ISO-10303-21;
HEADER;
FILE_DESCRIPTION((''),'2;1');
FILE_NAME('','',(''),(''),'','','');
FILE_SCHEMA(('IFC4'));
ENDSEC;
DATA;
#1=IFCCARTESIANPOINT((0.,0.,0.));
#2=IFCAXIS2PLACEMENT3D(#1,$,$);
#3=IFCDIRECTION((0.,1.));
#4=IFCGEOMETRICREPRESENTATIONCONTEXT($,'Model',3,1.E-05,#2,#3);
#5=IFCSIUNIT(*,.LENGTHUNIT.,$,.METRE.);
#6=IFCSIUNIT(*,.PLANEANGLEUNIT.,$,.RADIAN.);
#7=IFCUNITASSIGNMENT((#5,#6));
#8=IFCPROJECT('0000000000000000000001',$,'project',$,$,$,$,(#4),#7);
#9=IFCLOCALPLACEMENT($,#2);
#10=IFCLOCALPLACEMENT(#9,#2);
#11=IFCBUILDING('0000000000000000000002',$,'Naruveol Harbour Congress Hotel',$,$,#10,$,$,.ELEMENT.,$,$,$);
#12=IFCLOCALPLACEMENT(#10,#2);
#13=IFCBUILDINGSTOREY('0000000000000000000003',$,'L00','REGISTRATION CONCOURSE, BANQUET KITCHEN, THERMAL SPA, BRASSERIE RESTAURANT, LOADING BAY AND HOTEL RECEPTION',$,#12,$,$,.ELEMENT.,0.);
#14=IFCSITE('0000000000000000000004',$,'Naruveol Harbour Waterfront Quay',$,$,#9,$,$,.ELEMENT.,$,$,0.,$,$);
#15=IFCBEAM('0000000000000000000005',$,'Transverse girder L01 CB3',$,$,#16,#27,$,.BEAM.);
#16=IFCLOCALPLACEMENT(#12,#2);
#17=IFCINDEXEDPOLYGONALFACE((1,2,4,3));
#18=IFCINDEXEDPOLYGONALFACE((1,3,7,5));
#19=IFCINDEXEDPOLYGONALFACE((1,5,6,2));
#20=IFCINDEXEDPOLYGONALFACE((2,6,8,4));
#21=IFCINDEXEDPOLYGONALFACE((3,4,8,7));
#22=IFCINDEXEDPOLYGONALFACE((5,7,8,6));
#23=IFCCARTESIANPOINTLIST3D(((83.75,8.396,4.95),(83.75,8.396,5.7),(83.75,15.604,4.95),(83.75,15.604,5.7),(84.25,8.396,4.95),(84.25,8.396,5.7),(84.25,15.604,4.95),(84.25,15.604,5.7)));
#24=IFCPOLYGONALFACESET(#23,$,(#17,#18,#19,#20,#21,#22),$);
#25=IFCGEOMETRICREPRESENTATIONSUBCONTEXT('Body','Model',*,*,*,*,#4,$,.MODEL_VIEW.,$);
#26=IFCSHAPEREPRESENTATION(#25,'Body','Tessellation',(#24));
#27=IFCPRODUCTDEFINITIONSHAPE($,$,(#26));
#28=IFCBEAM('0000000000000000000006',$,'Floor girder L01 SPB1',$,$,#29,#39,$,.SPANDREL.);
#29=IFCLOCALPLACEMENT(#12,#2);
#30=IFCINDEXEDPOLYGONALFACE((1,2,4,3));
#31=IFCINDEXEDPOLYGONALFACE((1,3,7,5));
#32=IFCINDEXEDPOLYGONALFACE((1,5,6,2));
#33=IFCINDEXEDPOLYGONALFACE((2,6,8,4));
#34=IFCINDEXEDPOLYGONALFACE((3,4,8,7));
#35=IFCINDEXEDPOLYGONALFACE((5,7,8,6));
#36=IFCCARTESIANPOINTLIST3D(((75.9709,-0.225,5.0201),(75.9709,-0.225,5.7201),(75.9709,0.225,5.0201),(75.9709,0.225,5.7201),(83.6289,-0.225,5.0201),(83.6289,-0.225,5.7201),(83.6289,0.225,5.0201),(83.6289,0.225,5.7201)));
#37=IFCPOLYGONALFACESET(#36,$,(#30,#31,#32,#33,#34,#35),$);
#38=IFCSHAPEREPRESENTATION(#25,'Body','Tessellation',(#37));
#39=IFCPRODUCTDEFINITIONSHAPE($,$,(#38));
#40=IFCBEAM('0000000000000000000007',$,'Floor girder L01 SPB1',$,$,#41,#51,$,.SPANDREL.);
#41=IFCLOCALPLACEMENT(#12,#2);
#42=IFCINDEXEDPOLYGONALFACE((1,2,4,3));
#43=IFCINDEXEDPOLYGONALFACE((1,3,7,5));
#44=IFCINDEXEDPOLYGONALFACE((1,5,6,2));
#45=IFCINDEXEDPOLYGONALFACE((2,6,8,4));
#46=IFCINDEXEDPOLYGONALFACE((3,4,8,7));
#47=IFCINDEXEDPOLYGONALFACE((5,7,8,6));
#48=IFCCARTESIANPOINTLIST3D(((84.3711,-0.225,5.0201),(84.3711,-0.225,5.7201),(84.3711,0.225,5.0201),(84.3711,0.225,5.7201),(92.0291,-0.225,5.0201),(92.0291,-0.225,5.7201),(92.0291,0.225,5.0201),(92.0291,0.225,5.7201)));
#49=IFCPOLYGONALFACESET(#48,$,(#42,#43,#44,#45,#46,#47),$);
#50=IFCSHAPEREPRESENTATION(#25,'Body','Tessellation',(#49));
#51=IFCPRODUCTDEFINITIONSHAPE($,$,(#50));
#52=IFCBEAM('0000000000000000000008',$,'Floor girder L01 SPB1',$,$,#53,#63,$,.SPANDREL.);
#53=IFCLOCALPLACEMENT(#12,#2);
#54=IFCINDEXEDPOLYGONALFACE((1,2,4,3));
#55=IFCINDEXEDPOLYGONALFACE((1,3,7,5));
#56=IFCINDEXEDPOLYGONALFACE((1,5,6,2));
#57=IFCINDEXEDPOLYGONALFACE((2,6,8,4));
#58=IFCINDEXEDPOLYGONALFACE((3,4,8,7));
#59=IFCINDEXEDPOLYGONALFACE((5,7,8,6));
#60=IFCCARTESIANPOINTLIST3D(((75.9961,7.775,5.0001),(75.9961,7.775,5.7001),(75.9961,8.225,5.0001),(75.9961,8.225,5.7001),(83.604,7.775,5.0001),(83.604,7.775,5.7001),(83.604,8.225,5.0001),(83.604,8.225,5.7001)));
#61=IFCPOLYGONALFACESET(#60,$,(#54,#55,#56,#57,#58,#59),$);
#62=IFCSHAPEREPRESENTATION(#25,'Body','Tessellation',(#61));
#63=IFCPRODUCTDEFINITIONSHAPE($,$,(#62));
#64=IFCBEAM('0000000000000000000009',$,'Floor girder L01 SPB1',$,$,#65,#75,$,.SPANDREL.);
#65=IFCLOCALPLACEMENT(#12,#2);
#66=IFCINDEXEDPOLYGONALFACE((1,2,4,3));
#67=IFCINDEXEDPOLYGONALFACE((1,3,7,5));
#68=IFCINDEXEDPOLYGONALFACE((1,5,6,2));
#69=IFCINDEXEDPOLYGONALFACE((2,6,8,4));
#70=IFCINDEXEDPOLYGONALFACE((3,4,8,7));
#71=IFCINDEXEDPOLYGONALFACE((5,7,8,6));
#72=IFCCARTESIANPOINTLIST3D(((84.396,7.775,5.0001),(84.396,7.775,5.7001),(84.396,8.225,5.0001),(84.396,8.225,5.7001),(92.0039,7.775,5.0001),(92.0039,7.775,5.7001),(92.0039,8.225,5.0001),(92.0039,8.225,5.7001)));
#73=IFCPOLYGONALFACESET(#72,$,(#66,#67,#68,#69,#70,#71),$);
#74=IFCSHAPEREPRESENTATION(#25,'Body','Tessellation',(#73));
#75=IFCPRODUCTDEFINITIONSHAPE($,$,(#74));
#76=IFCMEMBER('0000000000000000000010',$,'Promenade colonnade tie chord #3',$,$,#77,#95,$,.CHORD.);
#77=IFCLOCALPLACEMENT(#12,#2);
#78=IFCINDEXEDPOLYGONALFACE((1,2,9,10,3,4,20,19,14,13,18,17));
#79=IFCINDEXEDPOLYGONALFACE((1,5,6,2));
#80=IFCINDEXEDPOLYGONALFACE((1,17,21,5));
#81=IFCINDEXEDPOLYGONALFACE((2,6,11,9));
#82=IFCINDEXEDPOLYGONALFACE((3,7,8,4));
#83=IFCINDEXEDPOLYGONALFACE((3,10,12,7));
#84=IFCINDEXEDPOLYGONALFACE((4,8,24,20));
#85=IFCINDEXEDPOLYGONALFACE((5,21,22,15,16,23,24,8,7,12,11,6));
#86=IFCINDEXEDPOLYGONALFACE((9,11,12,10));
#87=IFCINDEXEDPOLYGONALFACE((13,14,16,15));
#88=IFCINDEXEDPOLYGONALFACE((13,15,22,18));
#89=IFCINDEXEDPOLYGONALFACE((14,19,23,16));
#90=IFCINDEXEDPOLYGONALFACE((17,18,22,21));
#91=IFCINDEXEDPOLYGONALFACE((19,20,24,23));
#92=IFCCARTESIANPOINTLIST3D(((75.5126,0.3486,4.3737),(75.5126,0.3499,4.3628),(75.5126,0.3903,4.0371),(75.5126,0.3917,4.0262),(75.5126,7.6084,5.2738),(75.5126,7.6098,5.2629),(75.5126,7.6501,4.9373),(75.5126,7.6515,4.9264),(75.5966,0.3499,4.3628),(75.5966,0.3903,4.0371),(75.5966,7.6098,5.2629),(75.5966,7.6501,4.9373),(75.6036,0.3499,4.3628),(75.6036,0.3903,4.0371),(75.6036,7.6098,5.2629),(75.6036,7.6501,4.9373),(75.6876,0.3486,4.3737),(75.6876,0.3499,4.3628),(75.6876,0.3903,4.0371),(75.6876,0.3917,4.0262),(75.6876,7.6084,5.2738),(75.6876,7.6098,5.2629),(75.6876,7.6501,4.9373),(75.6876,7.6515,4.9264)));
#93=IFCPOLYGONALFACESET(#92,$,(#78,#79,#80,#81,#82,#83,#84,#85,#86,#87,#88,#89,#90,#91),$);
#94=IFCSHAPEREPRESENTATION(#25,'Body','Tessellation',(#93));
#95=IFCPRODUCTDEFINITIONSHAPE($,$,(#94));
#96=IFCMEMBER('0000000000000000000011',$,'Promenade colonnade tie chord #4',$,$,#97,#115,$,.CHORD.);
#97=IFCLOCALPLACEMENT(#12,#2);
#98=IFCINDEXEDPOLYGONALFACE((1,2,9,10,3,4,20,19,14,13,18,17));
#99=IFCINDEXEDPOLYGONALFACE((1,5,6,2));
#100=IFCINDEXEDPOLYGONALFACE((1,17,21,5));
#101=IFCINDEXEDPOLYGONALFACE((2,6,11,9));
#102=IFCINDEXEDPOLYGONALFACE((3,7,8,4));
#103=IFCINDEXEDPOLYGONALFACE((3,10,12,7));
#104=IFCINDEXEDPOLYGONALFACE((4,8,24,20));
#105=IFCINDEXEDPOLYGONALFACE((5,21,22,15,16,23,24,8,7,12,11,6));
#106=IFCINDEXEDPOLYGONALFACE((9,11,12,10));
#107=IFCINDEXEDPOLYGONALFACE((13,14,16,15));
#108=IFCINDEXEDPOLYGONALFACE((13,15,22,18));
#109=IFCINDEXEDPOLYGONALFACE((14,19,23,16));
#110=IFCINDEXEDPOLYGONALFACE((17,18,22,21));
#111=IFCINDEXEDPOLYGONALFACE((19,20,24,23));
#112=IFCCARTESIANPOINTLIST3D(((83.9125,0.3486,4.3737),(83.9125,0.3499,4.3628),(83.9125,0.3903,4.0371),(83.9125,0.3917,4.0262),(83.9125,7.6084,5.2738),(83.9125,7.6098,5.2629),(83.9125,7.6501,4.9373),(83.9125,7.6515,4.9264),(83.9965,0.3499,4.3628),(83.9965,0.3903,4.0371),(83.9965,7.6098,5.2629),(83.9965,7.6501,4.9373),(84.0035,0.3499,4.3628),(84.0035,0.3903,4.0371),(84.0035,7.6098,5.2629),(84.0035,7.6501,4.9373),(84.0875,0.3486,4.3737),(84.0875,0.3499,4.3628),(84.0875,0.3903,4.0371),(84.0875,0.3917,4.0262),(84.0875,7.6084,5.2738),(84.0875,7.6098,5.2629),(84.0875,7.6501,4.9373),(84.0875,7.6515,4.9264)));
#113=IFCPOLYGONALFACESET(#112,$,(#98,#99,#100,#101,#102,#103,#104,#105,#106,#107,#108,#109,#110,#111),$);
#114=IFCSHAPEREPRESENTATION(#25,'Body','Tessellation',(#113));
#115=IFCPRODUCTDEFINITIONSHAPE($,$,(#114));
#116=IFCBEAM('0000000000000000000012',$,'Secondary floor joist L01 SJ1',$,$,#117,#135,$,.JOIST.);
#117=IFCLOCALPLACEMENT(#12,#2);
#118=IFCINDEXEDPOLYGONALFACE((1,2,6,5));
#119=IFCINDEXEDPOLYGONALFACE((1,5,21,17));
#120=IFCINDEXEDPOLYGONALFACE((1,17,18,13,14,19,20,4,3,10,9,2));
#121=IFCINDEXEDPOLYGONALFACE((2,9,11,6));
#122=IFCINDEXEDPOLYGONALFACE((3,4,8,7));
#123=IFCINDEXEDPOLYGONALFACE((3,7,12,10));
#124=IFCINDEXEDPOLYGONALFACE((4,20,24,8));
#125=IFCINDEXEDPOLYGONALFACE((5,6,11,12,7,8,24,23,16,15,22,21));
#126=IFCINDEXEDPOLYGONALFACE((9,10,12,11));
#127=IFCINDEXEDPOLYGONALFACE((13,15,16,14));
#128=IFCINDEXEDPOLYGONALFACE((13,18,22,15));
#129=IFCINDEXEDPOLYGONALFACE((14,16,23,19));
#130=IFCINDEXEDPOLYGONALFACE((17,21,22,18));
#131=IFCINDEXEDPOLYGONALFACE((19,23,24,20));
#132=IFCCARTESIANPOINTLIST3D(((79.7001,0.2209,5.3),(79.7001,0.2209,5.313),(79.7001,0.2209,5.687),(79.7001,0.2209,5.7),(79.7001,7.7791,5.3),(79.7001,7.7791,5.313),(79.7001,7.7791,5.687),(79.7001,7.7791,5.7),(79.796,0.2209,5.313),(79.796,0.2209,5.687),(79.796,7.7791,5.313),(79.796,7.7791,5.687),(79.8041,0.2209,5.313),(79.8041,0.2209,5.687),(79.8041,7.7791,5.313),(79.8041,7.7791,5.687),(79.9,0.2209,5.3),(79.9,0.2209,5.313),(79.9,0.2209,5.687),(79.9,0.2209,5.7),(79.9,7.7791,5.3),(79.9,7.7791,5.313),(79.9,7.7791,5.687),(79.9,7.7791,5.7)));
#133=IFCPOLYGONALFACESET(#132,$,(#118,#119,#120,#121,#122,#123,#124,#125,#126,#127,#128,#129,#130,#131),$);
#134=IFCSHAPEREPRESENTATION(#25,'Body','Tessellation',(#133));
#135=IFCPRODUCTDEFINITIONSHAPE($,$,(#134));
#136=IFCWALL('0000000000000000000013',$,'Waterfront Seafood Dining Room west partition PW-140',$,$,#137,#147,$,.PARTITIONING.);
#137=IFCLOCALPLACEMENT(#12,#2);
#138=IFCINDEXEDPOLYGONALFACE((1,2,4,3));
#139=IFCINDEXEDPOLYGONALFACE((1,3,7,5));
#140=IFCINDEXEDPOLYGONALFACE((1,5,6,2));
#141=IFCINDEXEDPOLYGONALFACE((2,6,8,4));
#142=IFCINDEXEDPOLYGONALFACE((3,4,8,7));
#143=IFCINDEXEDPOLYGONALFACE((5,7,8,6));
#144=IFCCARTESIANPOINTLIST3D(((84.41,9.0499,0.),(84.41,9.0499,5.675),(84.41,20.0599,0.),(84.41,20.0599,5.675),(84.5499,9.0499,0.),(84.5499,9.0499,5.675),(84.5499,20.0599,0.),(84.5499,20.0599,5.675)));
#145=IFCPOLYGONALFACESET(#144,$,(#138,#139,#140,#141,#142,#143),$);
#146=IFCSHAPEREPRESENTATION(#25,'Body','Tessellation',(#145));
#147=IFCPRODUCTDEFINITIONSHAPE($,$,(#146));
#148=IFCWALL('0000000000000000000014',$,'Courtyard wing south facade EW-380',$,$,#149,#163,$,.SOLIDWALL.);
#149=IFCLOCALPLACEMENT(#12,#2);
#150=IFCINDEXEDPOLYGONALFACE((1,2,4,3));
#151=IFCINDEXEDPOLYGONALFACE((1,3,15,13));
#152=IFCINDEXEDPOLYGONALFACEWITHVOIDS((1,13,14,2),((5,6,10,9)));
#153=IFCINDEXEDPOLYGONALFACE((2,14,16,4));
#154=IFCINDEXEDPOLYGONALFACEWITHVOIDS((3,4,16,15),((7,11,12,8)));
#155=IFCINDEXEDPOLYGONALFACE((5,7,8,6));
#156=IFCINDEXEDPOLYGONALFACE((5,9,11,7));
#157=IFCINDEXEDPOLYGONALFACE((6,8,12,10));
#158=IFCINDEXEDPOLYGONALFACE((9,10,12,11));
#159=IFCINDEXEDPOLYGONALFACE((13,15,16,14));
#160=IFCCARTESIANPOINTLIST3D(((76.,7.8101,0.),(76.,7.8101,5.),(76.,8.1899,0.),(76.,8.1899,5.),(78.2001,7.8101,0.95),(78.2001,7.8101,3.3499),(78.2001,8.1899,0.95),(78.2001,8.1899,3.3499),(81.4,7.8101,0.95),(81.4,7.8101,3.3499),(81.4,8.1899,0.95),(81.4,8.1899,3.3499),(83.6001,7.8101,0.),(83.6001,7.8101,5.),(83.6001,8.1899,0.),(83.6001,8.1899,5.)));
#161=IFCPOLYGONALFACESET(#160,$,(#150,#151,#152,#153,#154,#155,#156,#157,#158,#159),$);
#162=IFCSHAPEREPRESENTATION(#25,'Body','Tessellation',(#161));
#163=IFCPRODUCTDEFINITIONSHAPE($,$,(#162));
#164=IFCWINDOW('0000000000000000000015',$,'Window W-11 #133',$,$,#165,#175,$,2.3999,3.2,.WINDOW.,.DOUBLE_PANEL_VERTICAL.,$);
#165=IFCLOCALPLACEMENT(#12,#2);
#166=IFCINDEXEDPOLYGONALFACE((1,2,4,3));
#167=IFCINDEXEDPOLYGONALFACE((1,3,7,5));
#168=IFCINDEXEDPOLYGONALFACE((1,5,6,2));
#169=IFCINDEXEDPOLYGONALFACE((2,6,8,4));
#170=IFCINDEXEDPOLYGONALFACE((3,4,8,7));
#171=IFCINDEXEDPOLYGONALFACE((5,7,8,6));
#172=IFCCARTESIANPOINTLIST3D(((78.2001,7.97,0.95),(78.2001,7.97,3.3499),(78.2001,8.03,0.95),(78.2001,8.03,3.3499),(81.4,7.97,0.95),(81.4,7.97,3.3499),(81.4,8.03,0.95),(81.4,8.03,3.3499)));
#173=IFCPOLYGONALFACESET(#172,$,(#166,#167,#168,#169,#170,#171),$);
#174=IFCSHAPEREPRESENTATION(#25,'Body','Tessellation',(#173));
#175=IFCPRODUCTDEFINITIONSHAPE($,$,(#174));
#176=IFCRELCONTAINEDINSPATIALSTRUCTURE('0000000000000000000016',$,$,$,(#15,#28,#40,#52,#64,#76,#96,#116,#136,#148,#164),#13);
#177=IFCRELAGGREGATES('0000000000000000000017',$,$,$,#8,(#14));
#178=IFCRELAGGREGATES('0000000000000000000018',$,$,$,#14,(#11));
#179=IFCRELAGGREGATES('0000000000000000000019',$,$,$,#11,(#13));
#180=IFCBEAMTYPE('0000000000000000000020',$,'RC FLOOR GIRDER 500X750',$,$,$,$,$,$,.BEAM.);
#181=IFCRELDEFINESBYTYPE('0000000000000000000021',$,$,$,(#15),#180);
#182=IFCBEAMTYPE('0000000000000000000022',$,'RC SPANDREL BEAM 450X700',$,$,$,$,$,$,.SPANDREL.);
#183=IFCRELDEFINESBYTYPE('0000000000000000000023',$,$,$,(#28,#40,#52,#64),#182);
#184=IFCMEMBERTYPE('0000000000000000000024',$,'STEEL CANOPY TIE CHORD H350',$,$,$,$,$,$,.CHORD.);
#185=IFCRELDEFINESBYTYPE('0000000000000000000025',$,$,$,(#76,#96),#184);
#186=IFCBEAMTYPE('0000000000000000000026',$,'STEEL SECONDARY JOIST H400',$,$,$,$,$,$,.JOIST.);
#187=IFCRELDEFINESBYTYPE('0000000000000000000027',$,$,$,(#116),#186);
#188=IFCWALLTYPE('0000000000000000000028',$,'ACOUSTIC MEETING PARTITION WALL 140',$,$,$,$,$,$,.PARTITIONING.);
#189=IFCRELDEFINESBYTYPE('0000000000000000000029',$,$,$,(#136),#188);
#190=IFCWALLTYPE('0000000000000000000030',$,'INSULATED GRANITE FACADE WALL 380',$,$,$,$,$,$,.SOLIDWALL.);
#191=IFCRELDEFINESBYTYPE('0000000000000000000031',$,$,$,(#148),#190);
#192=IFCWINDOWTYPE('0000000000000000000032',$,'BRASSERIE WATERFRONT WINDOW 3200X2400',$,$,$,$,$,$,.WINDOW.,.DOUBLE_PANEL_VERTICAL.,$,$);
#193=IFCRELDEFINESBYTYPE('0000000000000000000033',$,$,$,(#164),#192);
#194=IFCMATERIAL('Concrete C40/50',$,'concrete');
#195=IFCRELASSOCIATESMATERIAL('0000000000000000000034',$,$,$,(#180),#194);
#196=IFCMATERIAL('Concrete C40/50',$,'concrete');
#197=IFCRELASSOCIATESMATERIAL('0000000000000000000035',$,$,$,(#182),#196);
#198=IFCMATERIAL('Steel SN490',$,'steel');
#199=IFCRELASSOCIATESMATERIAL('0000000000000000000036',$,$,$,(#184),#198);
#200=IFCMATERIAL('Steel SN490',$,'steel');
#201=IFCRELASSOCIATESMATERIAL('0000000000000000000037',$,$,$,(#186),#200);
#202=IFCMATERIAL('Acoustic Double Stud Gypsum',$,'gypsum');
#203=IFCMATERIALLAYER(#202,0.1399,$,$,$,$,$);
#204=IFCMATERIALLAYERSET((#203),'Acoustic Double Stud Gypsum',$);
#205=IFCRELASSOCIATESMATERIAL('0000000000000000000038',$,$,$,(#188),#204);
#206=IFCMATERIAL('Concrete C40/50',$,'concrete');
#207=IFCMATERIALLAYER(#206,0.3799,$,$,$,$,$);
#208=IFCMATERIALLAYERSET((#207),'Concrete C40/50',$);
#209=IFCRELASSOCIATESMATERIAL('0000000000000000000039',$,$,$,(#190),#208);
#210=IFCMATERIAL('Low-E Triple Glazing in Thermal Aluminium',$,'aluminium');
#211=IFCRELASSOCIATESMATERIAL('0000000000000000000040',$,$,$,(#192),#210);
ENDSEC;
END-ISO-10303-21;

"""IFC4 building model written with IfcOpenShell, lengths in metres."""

from ifc_helpers import new_model, si_unit, direction, frame, frame_2d, origin, origin_2d, place, context, subcontext, project, spatial, rectangle, i_section, extrude, material, layer, layer_set, material_profile, profile_set, type_object, element, fill, save


model = new_model("IFC4")

# Units and contexts
model_context = context("Model", 3, precision=1e-05, world=origin(), true_north=direction((0.0, 1.0)))
body_context = subcontext(model_context, "Body", "Model", "MODEL_VIEW")
ifc_project = project(units=[si_unit("LENGTHUNIT", "METRE"), si_unit("PLANEANGLEUNIT", "RADIAN")], contexts=[model_context])

# Site, building, storey
site_placement = place(None, origin())
site = spatial("IfcSite", under=ifc_project, at=site_placement, Name="Naruveol Harbour Waterfront Quay", CompositionType="ELEMENT", RefElevation=0.0)
building_placement = place(site_placement, origin())
building = spatial("IfcBuilding", under=site, at=building_placement, Name="Naruveol Harbour Congress Hotel", CompositionType="ELEMENT")
storey_placement = place(building_placement, origin())
storey = spatial("IfcBuildingStorey", under=building, at=storey_placement, Name="L00", Description="REGISTRATION CONCOURSE, BANQUET KITCHEN, THERMAL SPA, BRASSERIE RESTAURANT, LOADING BAY AND HOTEL RECEPTION", CompositionType="ELEMENT", Elevation=0.0)

# Beams
ifc_material_1 = material(Name="Concrete C40/50", Category="concrete")
ifc_material_profile_1 = material_profile(ifc_material_1, rectangle(XDim=0.5, YDim=0.75, at=origin_2d()), Name="RCB-500x750")
ifc_profile_set_1 = profile_set([ifc_material_profile_1], Name="Concrete C40/50")
beam_type_1 = type_object("IfcBeamType", Name="RC FLOOR GIRDER 500X750", PredefinedType="BEAM", material=ifc_profile_set_1)
beam_1_placement = place(storey_placement, frame((84.0, 8.396, 5.325), z_axis=(0.0, 1.0, 0.0), x_axis=(-1.0, 0.0, 0.0)))
element("IfcBeam", 1, at=beam_1_placement, inside=storey, type_object=beam_type_1, Name="Transverse girder L01 CB3", PredefinedType="BEAM", context=body_context, shape_type="SweptSolid", body=[
    extrude(rectangle(XDim=0.5, YDim=0.75, at=origin_2d()), origin(), (0.0, 0.0, 1.0), 7.208),
])
ifc_material_2 = material(Name="Concrete C40/50", Category="concrete")
ifc_material_profile_2 = material_profile(ifc_material_2, rectangle(XDim=0.45, YDim=0.7, at=origin_2d()), Name="RCB-450x700")
ifc_profile_set_2 = profile_set([ifc_material_profile_2], Name="Concrete C40/50")
beam_type_2 = type_object("IfcBeamType", Name="RC SPANDREL BEAM 450X700", PredefinedType="SPANDREL", material=ifc_profile_set_2)
for number, where, z_axis, x_axis, name in (
    (2, (75.9709, 0.0, 5.3701), (1.0, 0.0, 0.0), (0.0, 1.0, 0.0), "Floor girder L01 SPB1"),
    (3, (84.3711, 0.0, 5.3701), (1.0, 0.0, 0.0), (0.0, 1.0, 0.0), "Floor girder L01 SPB1"),
):
    element("IfcBeam", number, at=place(storey_placement, frame(where, z_axis=z_axis, x_axis=x_axis)), inside=storey, type_object=beam_type_2, Name=name, PredefinedType="SPANDREL", context=body_context, shape_type="SweptSolid", body=[
        extrude(rectangle(XDim=0.45, YDim=0.7, at=origin_2d()), origin(), (0.0, 0.0, 1.0), 7.658),
    ])
for number, where, z_axis, x_axis, name in (
    (4, (75.9961, 8.0, 5.3501), (1.0, 0.0, 0.0), (0.0, 1.0, 0.0), "Floor girder L01 SPB1"),
    (5, (84.396, 8.0, 5.3501), (1.0, 0.0, 0.0), (0.0, 1.0, 0.0), "Floor girder L01 SPB1"),
):
    element("IfcBeam", number, at=place(storey_placement, frame(where, z_axis=z_axis, x_axis=x_axis)), inside=storey, type_object=beam_type_2, Name=name, PredefinedType="SPANDREL", context=body_context, shape_type="SweptSolid", body=[
        extrude(rectangle(XDim=0.45, YDim=0.7, at=origin_2d()), origin(), (0.0, 0.0, 1.0), 7.6079),
    ])

# Members
ifc_material_3 = material(Name="Steel SN490", Category="steel")
ifc_material_profile_3 = material_profile(ifc_material_3, i_section(OverallWidth=0.175, OverallDepth=0.3501, WebThickness=0.0071, FlangeThickness=0.011, at=origin_2d()), Name="H-350x175x7x11")
ifc_profile_set_3 = profile_set([ifc_material_profile_3], Name="Steel SN490")
member_type = type_object("IfcMemberType", Name="STEEL CANOPY TIE CHORD H350", PredefinedType="CHORD", material=ifc_profile_set_3)
for number, where, z_axis, x_axis, name in (
    (6, (75.6001, 0.3701, 4.2), (0.0, 0.992401, 0.123049), (-1.0, 0.0, 0.0), "Promenade colonnade tie chord #3"),
    (7, (84.0, 0.3701, 4.2), (0.0, 0.992401, 0.123049), (-1.0, 0.0, 0.0), "Promenade colonnade tie chord #4"),
):
    element("IfcMember", number, at=place(storey_placement, frame(where, z_axis=z_axis, x_axis=x_axis)), inside=storey, type_object=member_type, Name=name, PredefinedType="CHORD", context=body_context, shape_type="SweptSolid", body=[
        extrude(i_section(OverallWidth=0.175, OverallDepth=0.3501, WebThickness=0.0071, FlangeThickness=0.011, at=origin_2d()), origin(), (0.0, 0.0, 1.0), 7.3154),
    ])

# Beam
ifc_material_4 = material(Name="Steel SN490", Category="steel")
ifc_material_profile_4 = material_profile(ifc_material_4, i_section(OverallWidth=0.2, OverallDepth=0.3999, WebThickness=0.0081, FlangeThickness=0.0129, at=origin_2d()), Name="H-400x200x8x13")
ifc_profile_set_4 = profile_set([ifc_material_profile_4], Name="Steel SN490")
beam_type_3 = type_object("IfcBeamType", Name="STEEL SECONDARY JOIST H400", PredefinedType="JOIST", material=ifc_profile_set_4)
beam_2_placement = place(storey_placement, frame((79.8, 0.2209, 5.5), z_axis=(0.0, 1.0, 0.0), x_axis=(-1.0, 0.0, 0.0)))
element("IfcBeam", 8, at=beam_2_placement, inside=storey, type_object=beam_type_3, Name="Secondary floor joist L01 SJ1", PredefinedType="JOIST", context=body_context, shape_type="SweptSolid", body=[
    extrude(i_section(OverallWidth=0.2, OverallDepth=0.3999, WebThickness=0.0081, FlangeThickness=0.0129, at=origin_2d()), origin(), (0.0, 0.0, 1.0), 7.5581),
])

# Wall
ifc_material_5 = material(Name="Acoustic Double Stud Gypsum", Category="gypsum")
ifc_layer_1 = layer(ifc_material_5, 0.1399)
ifc_layer_set_1 = layer_set([ifc_layer_1], Name="Acoustic Double Stud Gypsum")
wall_type_1 = type_object("IfcWallType", Name="ACOUSTIC MEETING PARTITION WALL 140", PredefinedType="PARTITIONING", material=ifc_layer_set_1)
wall_1_placement = place(storey_placement, frame((84.48, 9.05, 0.0), z_axis=(0.0, 0.0, 1.0), x_axis=(0.0, 1.0, 0.0)))
element("IfcWall", 9, at=wall_1_placement, inside=storey, type_object=wall_type_1, Name="Waterfront Seafood Dining Room west partition PW-140", PredefinedType="PARTITIONING", context=body_context, shape_type="SweptSolid", body=[
    extrude(rectangle(XDim=11.01, YDim=0.1399, at=frame_2d((5.5049, 0.0))), origin(), (0.0, 0.0, 1.0), 5.675),
])

# Wall, opening, window
ifc_material_6 = material(Name="Concrete C40/50", Category="concrete")
ifc_layer_2 = layer(ifc_material_6, 0.3799)
ifc_layer_set_2 = layer_set([ifc_layer_2], Name="Concrete C40/50")
wall_type_2 = type_object("IfcWallType", Name="INSULATED GRANITE FACADE WALL 380", PredefinedType="SOLIDWALL", material=ifc_layer_set_2)
wall_2_placement = place(storey_placement, frame((83.6001, 8.0, 0.0), z_axis=(0.0, 0.0, 1.0), x_axis=(-1.0, 0.0, 0.0)))
wall_2 = element("IfcWall", 10, at=wall_2_placement, inside=storey, type_object=wall_type_2, Name="Courtyard wing south facade EW-380", PredefinedType="SOLIDWALL", context=body_context, shape_type="SweptSolid", body=[
    extrude(rectangle(XDim=7.6001, YDim=0.3799, at=frame_2d((3.8, 0.0))), origin(), (0.0, 0.0, 1.0), 5.0),
])
opening_placement = place(wall_2_placement, frame((2.2, 0.0, 0.95)))
opening = element("IfcOpeningElement", 11, at=opening_placement, cuts=wall_2, PredefinedType="OPENING", context=body_context, shape_type="SweptSolid", body=[
    extrude(rectangle(XDim=3.2, YDim=2.3999, at=frame_2d((1.6001, 1.2))), frame((0.0, 0.2, 0.0), z_axis=(0.0, -1.0, 0.0), x_axis=(1.0, 0.0, 0.0)), (0.0, 0.0, 1.0), 0.3999),
])
ifc_material_7 = material(Name="Low-E Triple Glazing in Thermal Aluminium", Category="aluminium")
window_type = type_object("IfcWindowType", Name="BRASSERIE WATERFRONT WINDOW 3200X2400", PartitioningType="DOUBLE_PANEL_VERTICAL", PredefinedType="WINDOW", material=ifc_material_7)
window_placement = place(opening_placement, origin())
window = element("IfcWindow", 12, at=window_placement, inside=storey, type_object=window_type, Name="Window W-11 #133", OverallHeight=2.3999, OverallWidth=3.2, PartitioningType="DOUBLE_PANEL_VERTICAL", PredefinedType="WINDOW", context=body_context, shape_type="SweptSolid", body=[
    extrude(rectangle(XDim=3.2, YDim=2.3999, at=frame_2d((1.6001, 1.2))), frame((0.0, 0.03, 0.0), z_axis=(0.0, -1.0, 0.0), x_axis=(1.0, 0.0, 0.0)), (0.0, 0.0, 1.0), 0.0601),
])
fill(opening, window)

save(model, "model.ifc")
